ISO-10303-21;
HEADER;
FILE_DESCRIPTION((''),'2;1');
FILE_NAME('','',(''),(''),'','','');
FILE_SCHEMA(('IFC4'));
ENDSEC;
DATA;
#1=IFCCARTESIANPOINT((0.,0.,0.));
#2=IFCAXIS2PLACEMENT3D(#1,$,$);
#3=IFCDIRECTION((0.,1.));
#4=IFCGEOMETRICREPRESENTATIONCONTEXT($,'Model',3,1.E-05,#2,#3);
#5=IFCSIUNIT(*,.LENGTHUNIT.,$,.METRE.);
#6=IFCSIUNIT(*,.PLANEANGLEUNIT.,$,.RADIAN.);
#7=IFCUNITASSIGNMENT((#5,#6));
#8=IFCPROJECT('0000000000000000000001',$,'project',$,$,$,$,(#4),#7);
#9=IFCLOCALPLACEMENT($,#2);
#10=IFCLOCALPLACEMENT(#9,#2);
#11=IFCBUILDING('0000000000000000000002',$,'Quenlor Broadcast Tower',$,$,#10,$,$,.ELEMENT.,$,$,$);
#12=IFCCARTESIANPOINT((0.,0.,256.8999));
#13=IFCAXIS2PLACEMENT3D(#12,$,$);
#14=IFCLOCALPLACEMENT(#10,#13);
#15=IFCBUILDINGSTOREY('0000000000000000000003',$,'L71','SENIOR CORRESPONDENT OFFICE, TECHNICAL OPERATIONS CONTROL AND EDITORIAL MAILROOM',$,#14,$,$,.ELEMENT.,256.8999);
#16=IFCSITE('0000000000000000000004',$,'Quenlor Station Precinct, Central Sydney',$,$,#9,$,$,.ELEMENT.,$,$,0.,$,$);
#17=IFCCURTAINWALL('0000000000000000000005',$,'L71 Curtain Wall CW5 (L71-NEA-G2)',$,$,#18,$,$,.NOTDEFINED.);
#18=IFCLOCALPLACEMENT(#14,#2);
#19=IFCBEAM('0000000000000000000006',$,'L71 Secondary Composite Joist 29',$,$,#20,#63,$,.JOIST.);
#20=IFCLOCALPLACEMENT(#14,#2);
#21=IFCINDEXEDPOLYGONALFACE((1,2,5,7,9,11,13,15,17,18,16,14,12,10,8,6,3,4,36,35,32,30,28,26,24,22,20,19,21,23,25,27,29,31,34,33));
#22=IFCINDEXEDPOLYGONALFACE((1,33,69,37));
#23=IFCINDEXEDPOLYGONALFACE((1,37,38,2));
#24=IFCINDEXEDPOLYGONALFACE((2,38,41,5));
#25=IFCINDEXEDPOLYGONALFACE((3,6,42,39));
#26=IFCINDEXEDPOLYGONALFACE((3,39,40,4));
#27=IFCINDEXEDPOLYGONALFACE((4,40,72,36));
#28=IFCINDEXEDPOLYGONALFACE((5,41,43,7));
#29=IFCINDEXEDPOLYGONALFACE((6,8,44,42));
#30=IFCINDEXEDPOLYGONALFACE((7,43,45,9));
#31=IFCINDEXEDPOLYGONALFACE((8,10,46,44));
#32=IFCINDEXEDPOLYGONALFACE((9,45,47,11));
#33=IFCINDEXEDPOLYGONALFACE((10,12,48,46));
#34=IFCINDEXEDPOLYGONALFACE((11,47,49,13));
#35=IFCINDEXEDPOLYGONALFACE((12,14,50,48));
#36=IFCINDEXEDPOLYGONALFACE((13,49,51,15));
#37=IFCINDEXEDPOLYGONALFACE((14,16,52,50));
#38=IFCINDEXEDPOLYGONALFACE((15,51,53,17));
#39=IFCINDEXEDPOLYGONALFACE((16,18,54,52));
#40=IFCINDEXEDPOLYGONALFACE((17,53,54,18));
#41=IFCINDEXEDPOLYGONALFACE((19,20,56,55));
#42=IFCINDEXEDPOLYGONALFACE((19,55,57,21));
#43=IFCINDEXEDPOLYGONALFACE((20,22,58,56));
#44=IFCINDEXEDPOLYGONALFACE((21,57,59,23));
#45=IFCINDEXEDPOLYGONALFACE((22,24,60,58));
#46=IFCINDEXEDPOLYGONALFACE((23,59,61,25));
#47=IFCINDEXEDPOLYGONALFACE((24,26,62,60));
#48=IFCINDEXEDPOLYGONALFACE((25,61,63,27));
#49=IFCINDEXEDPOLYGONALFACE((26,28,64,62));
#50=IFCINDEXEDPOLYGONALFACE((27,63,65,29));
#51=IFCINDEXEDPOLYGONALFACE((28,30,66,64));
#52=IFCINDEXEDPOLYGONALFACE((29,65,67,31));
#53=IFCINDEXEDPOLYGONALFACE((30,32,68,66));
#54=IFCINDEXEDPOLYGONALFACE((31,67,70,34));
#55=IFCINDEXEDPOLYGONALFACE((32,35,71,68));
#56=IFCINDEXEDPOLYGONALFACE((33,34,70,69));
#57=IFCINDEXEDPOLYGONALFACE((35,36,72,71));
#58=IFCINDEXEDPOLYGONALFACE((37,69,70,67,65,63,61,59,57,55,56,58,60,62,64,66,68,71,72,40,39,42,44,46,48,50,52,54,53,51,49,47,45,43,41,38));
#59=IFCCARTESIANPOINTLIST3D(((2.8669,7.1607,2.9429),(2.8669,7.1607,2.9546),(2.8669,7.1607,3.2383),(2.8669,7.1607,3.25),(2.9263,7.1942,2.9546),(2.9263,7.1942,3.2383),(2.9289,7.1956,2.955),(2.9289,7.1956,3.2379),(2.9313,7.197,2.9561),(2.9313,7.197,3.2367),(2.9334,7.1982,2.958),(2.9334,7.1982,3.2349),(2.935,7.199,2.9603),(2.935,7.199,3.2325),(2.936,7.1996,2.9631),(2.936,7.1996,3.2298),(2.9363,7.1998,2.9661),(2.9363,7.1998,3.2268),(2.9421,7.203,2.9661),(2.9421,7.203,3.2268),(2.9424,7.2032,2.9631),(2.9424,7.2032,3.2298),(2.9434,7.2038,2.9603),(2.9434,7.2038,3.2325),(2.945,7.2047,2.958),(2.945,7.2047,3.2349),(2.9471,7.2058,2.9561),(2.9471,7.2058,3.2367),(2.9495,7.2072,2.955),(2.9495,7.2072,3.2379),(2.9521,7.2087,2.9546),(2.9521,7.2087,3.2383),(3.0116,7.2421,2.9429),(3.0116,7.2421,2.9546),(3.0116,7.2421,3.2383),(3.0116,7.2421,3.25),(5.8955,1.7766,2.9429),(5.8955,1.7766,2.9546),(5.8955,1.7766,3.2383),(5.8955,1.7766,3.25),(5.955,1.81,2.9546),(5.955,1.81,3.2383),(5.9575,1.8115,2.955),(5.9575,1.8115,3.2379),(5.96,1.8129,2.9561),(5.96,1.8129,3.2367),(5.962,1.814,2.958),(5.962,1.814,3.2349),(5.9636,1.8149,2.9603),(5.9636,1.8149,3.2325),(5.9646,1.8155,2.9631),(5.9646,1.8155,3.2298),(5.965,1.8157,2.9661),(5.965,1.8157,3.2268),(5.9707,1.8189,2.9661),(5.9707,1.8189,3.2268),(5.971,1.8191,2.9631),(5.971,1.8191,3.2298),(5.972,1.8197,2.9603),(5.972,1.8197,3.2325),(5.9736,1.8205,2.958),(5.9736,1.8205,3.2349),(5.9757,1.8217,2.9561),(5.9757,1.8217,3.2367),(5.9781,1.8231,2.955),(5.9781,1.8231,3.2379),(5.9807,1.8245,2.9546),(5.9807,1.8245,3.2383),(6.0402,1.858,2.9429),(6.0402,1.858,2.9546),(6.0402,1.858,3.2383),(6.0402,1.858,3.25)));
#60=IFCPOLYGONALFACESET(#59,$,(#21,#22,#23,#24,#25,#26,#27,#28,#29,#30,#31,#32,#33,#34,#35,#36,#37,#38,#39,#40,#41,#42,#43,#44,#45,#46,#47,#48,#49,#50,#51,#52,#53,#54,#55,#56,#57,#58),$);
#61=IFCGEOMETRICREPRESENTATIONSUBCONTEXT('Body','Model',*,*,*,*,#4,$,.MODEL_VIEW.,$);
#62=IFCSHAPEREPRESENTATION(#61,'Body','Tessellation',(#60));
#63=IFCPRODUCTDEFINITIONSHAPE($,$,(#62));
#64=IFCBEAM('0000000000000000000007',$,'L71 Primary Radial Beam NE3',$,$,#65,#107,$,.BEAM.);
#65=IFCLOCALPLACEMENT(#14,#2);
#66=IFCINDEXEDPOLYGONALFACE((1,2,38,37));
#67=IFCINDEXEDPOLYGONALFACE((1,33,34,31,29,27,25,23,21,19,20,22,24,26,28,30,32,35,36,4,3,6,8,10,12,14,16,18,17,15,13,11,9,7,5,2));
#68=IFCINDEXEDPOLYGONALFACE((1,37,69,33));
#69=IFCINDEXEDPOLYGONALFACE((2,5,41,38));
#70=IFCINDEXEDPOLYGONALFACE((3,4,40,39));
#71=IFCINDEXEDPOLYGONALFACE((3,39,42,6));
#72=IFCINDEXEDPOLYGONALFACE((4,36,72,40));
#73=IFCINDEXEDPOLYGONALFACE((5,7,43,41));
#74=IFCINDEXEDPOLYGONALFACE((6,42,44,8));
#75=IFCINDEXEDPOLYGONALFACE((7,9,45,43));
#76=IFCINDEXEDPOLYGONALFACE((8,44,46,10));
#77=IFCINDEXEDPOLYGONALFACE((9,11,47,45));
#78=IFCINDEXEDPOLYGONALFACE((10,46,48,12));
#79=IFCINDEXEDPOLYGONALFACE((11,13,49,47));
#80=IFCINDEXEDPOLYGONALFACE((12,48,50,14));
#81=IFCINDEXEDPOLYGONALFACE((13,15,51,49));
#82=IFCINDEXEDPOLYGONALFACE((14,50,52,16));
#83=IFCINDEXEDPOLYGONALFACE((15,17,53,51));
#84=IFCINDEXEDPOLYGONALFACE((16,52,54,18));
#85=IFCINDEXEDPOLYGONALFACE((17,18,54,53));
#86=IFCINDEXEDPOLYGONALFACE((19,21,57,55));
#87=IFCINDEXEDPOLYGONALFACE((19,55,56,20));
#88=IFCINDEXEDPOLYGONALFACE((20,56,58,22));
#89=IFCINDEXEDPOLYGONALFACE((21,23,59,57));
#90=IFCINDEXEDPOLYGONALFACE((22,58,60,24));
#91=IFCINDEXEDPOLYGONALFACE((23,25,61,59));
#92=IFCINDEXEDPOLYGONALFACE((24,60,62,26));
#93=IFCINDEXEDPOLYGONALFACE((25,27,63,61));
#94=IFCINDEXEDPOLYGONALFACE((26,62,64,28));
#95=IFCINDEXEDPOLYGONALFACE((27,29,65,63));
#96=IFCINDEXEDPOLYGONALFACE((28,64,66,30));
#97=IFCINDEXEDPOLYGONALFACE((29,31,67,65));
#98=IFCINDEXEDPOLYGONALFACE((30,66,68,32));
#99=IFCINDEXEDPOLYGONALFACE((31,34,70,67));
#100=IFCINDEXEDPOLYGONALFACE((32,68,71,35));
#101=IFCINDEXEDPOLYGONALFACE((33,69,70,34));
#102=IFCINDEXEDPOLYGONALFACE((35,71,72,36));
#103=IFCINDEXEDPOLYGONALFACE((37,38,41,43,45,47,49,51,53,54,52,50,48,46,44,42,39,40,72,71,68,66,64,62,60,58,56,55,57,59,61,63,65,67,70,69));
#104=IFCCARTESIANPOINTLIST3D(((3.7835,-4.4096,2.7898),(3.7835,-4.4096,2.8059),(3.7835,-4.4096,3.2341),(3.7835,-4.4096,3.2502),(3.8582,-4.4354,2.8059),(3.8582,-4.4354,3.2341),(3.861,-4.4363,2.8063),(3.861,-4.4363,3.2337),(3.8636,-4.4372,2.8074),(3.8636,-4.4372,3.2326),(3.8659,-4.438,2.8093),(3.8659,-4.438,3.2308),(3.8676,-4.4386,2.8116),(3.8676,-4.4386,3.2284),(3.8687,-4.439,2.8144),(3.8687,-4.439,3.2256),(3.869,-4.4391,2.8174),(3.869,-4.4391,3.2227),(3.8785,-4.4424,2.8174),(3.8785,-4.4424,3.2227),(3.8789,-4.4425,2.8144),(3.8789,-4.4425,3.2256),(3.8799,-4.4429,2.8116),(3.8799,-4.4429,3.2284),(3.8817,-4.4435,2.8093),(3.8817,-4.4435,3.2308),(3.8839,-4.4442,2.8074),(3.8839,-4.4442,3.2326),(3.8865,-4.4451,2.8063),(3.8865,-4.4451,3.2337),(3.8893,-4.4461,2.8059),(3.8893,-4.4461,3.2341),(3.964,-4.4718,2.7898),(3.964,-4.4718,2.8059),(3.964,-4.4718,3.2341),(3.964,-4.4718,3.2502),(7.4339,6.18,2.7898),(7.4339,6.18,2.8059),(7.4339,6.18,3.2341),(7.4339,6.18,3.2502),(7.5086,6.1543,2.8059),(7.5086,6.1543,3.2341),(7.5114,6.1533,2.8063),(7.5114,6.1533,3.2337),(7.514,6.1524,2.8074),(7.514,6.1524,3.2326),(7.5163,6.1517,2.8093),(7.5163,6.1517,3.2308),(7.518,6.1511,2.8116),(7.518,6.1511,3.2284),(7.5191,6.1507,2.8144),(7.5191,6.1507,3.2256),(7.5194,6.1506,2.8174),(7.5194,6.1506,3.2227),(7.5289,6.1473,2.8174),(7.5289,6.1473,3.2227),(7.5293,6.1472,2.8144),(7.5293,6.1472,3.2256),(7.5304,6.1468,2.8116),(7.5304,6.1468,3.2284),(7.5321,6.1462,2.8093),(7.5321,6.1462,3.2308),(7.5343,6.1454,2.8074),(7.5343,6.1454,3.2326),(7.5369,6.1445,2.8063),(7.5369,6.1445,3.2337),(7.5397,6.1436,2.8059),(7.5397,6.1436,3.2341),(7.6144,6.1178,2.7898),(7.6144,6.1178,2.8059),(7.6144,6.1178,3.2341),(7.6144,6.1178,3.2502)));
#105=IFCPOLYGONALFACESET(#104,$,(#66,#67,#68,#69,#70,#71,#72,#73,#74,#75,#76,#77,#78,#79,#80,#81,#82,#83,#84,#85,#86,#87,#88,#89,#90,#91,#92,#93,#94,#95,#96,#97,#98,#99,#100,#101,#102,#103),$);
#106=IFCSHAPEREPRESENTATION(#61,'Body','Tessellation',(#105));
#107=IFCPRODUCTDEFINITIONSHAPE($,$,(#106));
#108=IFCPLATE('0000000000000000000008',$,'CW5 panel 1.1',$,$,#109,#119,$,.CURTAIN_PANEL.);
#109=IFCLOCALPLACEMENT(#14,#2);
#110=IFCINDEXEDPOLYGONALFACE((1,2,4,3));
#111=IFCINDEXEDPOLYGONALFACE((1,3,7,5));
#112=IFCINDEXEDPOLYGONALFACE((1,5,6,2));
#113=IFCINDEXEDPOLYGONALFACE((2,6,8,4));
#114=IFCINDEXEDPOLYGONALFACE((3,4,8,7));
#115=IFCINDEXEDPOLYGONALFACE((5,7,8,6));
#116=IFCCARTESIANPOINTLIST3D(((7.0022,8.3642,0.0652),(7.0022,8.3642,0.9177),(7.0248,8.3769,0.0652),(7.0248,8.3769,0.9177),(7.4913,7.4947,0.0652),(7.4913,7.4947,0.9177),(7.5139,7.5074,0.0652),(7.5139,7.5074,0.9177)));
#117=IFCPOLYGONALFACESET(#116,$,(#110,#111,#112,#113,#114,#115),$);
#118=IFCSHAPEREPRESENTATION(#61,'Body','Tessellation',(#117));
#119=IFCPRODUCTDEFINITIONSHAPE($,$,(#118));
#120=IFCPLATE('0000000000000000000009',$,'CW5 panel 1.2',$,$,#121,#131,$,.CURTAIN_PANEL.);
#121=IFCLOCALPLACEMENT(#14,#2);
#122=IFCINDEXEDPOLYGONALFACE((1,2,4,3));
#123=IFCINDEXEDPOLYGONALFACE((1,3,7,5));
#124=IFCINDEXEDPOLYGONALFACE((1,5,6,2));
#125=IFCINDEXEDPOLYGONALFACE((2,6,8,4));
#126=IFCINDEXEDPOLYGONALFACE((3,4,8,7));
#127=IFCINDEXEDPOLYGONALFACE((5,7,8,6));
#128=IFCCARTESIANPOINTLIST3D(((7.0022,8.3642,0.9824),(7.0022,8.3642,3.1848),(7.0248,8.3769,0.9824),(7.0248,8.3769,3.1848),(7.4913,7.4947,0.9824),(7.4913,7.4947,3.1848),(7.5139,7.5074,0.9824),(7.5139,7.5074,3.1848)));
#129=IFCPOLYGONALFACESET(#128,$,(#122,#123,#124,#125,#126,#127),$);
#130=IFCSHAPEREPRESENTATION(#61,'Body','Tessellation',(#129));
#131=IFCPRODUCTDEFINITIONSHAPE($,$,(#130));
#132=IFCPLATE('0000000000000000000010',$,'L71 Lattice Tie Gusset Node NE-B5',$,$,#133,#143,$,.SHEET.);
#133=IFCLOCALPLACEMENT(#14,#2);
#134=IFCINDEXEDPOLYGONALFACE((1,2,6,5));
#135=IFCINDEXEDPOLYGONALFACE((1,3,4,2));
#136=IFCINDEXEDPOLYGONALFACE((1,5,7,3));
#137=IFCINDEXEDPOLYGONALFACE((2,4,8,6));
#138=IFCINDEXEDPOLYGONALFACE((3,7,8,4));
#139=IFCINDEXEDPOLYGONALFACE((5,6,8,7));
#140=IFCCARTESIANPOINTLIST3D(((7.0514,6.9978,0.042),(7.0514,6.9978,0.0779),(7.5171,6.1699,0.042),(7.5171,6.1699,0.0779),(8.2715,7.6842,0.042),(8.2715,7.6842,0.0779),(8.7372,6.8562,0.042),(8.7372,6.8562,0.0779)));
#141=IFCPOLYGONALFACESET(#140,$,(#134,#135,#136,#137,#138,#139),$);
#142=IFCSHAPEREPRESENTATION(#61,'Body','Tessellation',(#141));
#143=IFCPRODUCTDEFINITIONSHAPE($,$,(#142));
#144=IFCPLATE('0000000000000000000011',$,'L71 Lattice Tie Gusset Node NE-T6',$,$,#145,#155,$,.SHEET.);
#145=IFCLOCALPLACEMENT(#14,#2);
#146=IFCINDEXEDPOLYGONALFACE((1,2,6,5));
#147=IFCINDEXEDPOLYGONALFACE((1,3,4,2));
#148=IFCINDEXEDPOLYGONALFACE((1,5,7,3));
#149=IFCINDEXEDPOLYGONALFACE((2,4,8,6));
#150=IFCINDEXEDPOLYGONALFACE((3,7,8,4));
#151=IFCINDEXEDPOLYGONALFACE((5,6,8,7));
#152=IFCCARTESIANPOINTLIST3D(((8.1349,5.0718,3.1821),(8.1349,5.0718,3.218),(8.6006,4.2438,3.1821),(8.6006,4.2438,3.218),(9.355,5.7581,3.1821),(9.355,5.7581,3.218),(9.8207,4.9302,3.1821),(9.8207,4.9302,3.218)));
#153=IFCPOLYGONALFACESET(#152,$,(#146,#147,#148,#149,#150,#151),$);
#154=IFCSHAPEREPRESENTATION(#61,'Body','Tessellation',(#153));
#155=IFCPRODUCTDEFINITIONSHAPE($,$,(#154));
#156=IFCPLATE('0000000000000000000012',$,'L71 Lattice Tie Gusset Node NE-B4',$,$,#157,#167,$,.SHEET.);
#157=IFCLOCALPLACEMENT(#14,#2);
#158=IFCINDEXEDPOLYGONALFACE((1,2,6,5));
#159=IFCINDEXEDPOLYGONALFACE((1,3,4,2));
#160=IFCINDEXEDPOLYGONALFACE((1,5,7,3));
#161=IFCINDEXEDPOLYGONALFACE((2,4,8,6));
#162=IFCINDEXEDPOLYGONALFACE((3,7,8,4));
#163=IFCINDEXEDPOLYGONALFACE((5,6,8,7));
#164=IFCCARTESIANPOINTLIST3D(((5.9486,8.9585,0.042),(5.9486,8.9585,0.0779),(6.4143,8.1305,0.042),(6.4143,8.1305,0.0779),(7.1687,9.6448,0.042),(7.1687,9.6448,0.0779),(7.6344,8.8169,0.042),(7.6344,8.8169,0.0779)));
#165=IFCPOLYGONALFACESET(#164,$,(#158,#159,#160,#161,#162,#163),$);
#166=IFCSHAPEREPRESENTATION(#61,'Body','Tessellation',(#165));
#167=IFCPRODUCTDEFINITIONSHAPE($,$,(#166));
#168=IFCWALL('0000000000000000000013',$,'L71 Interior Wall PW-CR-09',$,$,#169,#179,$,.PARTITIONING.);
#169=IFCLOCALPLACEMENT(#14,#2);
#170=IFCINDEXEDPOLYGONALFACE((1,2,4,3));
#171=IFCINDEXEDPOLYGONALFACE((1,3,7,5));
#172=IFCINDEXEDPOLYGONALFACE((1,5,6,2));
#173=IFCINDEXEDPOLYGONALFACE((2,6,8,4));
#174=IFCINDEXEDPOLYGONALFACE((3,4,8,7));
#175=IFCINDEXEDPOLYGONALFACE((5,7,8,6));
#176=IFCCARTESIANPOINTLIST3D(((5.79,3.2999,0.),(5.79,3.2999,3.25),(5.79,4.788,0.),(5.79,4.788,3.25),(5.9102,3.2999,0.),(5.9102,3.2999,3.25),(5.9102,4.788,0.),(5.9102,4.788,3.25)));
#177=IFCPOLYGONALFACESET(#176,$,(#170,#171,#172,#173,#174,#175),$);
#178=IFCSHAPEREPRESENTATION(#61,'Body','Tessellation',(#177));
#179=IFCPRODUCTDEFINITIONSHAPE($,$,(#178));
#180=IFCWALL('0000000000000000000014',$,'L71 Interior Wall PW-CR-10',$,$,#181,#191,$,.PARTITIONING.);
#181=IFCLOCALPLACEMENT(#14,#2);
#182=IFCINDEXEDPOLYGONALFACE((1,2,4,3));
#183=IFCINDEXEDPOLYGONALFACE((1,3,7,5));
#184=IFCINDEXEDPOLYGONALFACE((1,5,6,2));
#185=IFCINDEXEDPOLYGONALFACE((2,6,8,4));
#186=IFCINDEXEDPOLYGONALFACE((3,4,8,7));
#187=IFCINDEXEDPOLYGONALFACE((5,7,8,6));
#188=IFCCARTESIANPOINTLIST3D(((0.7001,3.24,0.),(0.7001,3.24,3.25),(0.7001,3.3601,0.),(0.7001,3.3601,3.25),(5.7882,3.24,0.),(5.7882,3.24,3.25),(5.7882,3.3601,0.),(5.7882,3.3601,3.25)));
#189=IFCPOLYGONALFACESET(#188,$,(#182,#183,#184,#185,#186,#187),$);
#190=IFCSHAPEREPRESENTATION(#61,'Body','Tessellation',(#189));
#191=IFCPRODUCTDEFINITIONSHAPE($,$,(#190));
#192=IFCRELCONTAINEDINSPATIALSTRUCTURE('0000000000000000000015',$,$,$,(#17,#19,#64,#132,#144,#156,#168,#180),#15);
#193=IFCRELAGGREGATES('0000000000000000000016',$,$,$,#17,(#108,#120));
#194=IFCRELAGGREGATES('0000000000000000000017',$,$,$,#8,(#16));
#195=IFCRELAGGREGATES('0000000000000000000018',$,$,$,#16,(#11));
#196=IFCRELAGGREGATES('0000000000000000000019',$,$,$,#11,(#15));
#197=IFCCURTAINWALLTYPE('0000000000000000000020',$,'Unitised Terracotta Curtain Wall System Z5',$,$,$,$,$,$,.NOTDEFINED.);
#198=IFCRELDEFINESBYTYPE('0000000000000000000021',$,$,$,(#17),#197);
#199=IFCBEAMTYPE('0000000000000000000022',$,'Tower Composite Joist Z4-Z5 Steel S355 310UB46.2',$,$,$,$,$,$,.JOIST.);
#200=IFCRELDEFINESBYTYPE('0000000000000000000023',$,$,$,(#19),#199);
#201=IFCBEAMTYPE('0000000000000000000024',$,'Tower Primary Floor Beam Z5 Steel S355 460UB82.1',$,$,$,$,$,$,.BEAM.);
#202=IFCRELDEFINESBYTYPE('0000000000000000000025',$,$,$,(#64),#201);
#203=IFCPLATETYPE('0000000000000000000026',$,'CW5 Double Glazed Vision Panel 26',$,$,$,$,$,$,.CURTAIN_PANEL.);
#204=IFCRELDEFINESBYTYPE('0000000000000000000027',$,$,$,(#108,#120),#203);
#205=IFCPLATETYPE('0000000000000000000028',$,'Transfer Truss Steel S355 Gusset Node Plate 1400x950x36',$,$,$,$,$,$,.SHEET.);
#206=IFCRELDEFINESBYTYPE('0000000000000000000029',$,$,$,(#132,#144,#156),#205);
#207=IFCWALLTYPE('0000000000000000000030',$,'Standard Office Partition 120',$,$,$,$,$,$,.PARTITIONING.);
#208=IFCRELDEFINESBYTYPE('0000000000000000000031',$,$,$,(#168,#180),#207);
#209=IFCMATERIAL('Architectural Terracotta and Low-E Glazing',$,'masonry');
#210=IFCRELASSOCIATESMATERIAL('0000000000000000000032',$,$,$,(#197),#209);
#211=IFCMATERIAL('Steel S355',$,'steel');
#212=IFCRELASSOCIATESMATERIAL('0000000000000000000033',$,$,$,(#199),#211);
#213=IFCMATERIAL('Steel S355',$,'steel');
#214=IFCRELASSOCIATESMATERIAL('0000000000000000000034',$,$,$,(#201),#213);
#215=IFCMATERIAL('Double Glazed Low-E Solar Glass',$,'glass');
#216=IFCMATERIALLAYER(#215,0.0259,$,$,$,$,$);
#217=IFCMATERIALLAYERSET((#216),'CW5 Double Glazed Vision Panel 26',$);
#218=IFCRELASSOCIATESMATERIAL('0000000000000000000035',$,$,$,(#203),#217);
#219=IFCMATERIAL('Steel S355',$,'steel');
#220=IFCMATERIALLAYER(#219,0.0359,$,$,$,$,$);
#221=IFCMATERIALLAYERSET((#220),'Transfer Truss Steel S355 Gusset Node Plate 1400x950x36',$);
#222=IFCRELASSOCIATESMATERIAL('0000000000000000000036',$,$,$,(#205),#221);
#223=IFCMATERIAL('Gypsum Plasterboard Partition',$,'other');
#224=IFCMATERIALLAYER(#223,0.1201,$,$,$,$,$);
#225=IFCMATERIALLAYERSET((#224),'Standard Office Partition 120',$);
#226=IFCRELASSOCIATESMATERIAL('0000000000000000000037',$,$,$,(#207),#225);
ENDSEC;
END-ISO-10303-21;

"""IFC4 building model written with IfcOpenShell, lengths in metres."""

from ifc_helpers import new_model, si_unit, direction, frame, frame_2d, origin, origin_2d, place, context, subcontext, project, spatial, rectangle, i_section, extrude, material, layer, layer_set, material_profile, profile_set, type_object, element, aggregate, save


model = new_model("IFC4")

# Units and contexts
model_context = context("Model", 3, precision=1e-05, world=origin(), true_north=direction((0.0, 1.0)))
body_context = subcontext(model_context, "Body", "Model", "MODEL_VIEW")
ifc_project = project(units=[si_unit("LENGTHUNIT", "METRE"), si_unit("PLANEANGLEUNIT", "RADIAN")], contexts=[model_context])

# Site, building, storey
site_placement = place(None, origin())
site = spatial("IfcSite", under=ifc_project, at=site_placement, Name="Quenlor Station Precinct, Central Sydney", CompositionType="ELEMENT", RefElevation=0.0)
building_placement = place(site_placement, origin())
building = spatial("IfcBuilding", under=site, at=building_placement, Name="Quenlor Broadcast Tower", CompositionType="ELEMENT")
storey_placement = place(building_placement, frame((0.0, 0.0, 256.8999)))
storey = spatial("IfcBuildingStorey", under=building, at=storey_placement, Name="L71", Description="SENIOR CORRESPONDENT OFFICE, TECHNICAL OPERATIONS CONTROL AND EDITORIAL MAILROOM", CompositionType="ELEMENT", Elevation=256.8999)

# Curtain wall
ifc_material_1 = material(Name="Architectural Terracotta and Low-E Glazing", Category="masonry")
curtain_wall_type = type_object("IfcCurtainWallType", Name="Unitised Terracotta Curtain Wall System Z5", PredefinedType="NOTDEFINED", material=ifc_material_1)
curtain_wall_placement = place(storey_placement, origin())
curtain_wall = element("IfcCurtainWall", 1, at=curtain_wall_placement, inside=storey, type_object=curtain_wall_type, Name="L71 Curtain Wall CW5 (L71-NEA-G2)", PredefinedType="NOTDEFINED")

# Beams
ifc_material_2 = material(Name="Steel S355", Category="steel")
ifc_material_profile_1 = material_profile(ifc_material_2, i_section(OverallWidth=0.166, OverallDepth=0.3071, WebThickness=0.0066, FlangeThickness=0.0117, FilletRadius=0.0115, at=origin_2d()))
ifc_profile_set_1 = profile_set([ifc_material_profile_1], Name="Steel S355 310UB46.2")
beam_type_1 = type_object("IfcBeamType", Name="Tower Composite Joist Z4-Z5 Steel S355 310UB46.2", PredefinedType="JOIST", material=ifc_profile_set_1)
beam_1_placement = place(storey_placement, frame((2.9392, 7.2014, 3.0964), z_axis=(0.490267, -0.871572, 0.0), x_axis=(0.871572, 0.490267, 0.0)))
element("IfcBeam", 2, at=beam_1_placement, inside=storey, type_object=beam_type_1, Name="L71 Secondary Composite Joist 29", PredefinedType="JOIST", context=body_context, shape_type="SweptSolid", body=[
    extrude(i_section(OverallWidth=0.166, OverallDepth=0.3071, WebThickness=0.0066, FlangeThickness=0.0117, FilletRadius=0.0115, at=origin_2d()), origin(), (0.0, 0.0, 1.0), 6.1775),
])
ifc_material_3 = material(Name="Steel S355", Category="steel")
ifc_material_profile_2 = material_profile(ifc_material_3, i_section(OverallWidth=0.1909, OverallDepth=0.4604, WebThickness=0.01, FlangeThickness=0.0161, FilletRadius=0.0115, at=origin_2d()))
ifc_profile_set_2 = profile_set([ifc_material_profile_2], Name="Steel S355 460UB82.1")
beam_type_2 = type_object("IfcBeamType", Name="Tower Primary Floor Beam Z5 Steel S355 460UB82.1", PredefinedType="BEAM", material=ifc_profile_set_2)
beam_2_placement = place(storey_placement, frame((7.5242, 6.1489, 3.02), z_axis=(-0.325895, -0.945406, 0.0), x_axis=(0.945406, -0.325895, 0.0)))
element("IfcBeam", 3, at=beam_2_placement, inside=storey, type_object=beam_type_2, Name="L71 Primary Radial Beam NE3", PredefinedType="BEAM", context=body_context, shape_type="SweptSolid", body=[
    extrude(i_section(OverallWidth=0.1909, OverallDepth=0.4604, WebThickness=0.01, FlangeThickness=0.0161, FilletRadius=0.0115, at=origin_2d()), origin(), (0.0, 0.0, 1.0), 11.2012),
])

# Plates
ifc_material_4 = material(Name="Double Glazed Low-E Solar Glass", Category="glass")
ifc_layer_1 = layer(ifc_material_4, 0.0259)
ifc_layer_set_1 = layer_set([ifc_layer_1], Name="CW5 Double Glazed Vision Panel 26")
plate_type_1 = type_object("IfcPlateType", Name="CW5 Double Glazed Vision Panel 26", PredefinedType="CURTAIN_PANEL", material=ifc_layer_set_1)
plate_1_placement = place(storey_placement, frame((7.2581, 7.9358, 0.0652), z_axis=(0.0, 0.0, 1.0), x_axis=(0.490282, -0.871564, 0.0)))
plate_1 = element("IfcPlate", 4, at=plate_1_placement, type_object=plate_type_1, Name="CW5 panel 1.1", PredefinedType="CURTAIN_PANEL", context=body_context, shape_type="SweptSolid", body=[
    extrude(rectangle(XDim=0.9976, YDim=0.0259, at=origin_2d()), origin(), (0.0, 0.0, 1.0), 0.8525),
])
plate_2_placement = place(storey_placement, frame((7.2581, 7.9358, 0.9824), z_axis=(0.0, 0.0, 1.0), x_axis=(0.490282, -0.871564, 0.0)))
plate_2 = element("IfcPlate", 5, at=plate_2_placement, type_object=plate_type_1, Name="CW5 panel 1.2", PredefinedType="CURTAIN_PANEL", context=body_context, shape_type="SweptSolid", body=[
    extrude(rectangle(XDim=0.9976, YDim=0.0259, at=origin_2d()), origin(), (0.0, 0.0, 1.0), 2.2024),
])
aggregate(curtain_wall, [plate_1, plate_2])

# Plates
ifc_material_5 = material(Name="Steel S355", Category="steel")
ifc_layer_2 = layer(ifc_material_5, 0.0359)
ifc_layer_set_2 = layer_set([ifc_layer_2], Name="Transfer Truss Steel S355 Gusset Node Plate 1400x950x36")
plate_type_2 = type_object("IfcPlateType", Name="Transfer Truss Steel S355 Gusset Node Plate 1400x950x36", PredefinedType="SHEET", material=ifc_layer_set_2)
for number, where, z_axis, x_axis, name in (
    (6, (7.8943, 6.927, 0.042), (0.0, 0.0, 1.0), (0.871556, 0.490295, 0.0), "L71 Lattice Tie Gusset Node NE-B5"),
    (7, (8.9778, 5.001, 3.1821), (0.0, 0.0, 1.0), (0.871556, 0.490295, 0.0), "L71 Lattice Tie Gusset Node NE-T6"),
    (8, (6.7915, 8.8877, 0.042), (0.0, 0.0, 1.0), (0.871556, 0.490295, 0.0), "L71 Lattice Tie Gusset Node NE-B4"),
):
    element("IfcPlate", number, at=place(storey_placement, frame(where, z_axis=z_axis, x_axis=x_axis)), inside=storey, type_object=plate_type_2, Name=name, PredefinedType="SHEET", context=body_context, shape_type="SweptSolid", body=[
        extrude(rectangle(XDim=1.3999, YDim=0.95, at=origin_2d()), origin(), (0.0, 0.0, 1.0), 0.0359),
    ])

# Walls
ifc_material_6 = material(Name="Gypsum Plasterboard Partition", Category="other")
ifc_layer_3 = layer(ifc_material_6, 0.1201)
ifc_layer_set_3 = layer_set([ifc_layer_3], Name="Standard Office Partition 120")
wall_type_1 = type_object("IfcWallType", Name="Standard Office Partition 120", PredefinedType="PARTITIONING", material=ifc_layer_set_3)
wall_1_placement = place(storey_placement, frame((5.8501, 4.7881, 0.0), z_axis=(0.0, 0.0, 1.0), x_axis=(0.0, -1.0, 0.0)))
element("IfcWall", 9, at=wall_1_placement, inside=storey, type_object=wall_type_1, Name="L71 Interior Wall PW-CR-09", PredefinedType="PARTITIONING", context=body_context, shape_type="SweptSolid", body=[
    extrude(rectangle(XDim=1.488, YDim=0.1201, at=frame_2d((0.7441, 0.0))), origin(), (0.0, 0.0, 1.0), 3.25),
])
wall_2_placement = place(storey_placement, frame((5.7881, 3.3, 0.0), z_axis=(0.0, 0.0, 1.0), x_axis=(-1.0, 0.0, 0.0)))
element("IfcWall", 10, at=wall_2_placement, inside=storey, type_object=wall_type_1, Name="L71 Interior Wall PW-CR-10", PredefinedType="PARTITIONING", context=body_context, shape_type="SweptSolid", body=[
    extrude(rectangle(XDim=5.0881, YDim=0.1201, at=frame_2d((2.5439, 0.0))), origin(), (0.0, 0.0, 1.0), 3.25),
])

save(model, "model.ifc")
